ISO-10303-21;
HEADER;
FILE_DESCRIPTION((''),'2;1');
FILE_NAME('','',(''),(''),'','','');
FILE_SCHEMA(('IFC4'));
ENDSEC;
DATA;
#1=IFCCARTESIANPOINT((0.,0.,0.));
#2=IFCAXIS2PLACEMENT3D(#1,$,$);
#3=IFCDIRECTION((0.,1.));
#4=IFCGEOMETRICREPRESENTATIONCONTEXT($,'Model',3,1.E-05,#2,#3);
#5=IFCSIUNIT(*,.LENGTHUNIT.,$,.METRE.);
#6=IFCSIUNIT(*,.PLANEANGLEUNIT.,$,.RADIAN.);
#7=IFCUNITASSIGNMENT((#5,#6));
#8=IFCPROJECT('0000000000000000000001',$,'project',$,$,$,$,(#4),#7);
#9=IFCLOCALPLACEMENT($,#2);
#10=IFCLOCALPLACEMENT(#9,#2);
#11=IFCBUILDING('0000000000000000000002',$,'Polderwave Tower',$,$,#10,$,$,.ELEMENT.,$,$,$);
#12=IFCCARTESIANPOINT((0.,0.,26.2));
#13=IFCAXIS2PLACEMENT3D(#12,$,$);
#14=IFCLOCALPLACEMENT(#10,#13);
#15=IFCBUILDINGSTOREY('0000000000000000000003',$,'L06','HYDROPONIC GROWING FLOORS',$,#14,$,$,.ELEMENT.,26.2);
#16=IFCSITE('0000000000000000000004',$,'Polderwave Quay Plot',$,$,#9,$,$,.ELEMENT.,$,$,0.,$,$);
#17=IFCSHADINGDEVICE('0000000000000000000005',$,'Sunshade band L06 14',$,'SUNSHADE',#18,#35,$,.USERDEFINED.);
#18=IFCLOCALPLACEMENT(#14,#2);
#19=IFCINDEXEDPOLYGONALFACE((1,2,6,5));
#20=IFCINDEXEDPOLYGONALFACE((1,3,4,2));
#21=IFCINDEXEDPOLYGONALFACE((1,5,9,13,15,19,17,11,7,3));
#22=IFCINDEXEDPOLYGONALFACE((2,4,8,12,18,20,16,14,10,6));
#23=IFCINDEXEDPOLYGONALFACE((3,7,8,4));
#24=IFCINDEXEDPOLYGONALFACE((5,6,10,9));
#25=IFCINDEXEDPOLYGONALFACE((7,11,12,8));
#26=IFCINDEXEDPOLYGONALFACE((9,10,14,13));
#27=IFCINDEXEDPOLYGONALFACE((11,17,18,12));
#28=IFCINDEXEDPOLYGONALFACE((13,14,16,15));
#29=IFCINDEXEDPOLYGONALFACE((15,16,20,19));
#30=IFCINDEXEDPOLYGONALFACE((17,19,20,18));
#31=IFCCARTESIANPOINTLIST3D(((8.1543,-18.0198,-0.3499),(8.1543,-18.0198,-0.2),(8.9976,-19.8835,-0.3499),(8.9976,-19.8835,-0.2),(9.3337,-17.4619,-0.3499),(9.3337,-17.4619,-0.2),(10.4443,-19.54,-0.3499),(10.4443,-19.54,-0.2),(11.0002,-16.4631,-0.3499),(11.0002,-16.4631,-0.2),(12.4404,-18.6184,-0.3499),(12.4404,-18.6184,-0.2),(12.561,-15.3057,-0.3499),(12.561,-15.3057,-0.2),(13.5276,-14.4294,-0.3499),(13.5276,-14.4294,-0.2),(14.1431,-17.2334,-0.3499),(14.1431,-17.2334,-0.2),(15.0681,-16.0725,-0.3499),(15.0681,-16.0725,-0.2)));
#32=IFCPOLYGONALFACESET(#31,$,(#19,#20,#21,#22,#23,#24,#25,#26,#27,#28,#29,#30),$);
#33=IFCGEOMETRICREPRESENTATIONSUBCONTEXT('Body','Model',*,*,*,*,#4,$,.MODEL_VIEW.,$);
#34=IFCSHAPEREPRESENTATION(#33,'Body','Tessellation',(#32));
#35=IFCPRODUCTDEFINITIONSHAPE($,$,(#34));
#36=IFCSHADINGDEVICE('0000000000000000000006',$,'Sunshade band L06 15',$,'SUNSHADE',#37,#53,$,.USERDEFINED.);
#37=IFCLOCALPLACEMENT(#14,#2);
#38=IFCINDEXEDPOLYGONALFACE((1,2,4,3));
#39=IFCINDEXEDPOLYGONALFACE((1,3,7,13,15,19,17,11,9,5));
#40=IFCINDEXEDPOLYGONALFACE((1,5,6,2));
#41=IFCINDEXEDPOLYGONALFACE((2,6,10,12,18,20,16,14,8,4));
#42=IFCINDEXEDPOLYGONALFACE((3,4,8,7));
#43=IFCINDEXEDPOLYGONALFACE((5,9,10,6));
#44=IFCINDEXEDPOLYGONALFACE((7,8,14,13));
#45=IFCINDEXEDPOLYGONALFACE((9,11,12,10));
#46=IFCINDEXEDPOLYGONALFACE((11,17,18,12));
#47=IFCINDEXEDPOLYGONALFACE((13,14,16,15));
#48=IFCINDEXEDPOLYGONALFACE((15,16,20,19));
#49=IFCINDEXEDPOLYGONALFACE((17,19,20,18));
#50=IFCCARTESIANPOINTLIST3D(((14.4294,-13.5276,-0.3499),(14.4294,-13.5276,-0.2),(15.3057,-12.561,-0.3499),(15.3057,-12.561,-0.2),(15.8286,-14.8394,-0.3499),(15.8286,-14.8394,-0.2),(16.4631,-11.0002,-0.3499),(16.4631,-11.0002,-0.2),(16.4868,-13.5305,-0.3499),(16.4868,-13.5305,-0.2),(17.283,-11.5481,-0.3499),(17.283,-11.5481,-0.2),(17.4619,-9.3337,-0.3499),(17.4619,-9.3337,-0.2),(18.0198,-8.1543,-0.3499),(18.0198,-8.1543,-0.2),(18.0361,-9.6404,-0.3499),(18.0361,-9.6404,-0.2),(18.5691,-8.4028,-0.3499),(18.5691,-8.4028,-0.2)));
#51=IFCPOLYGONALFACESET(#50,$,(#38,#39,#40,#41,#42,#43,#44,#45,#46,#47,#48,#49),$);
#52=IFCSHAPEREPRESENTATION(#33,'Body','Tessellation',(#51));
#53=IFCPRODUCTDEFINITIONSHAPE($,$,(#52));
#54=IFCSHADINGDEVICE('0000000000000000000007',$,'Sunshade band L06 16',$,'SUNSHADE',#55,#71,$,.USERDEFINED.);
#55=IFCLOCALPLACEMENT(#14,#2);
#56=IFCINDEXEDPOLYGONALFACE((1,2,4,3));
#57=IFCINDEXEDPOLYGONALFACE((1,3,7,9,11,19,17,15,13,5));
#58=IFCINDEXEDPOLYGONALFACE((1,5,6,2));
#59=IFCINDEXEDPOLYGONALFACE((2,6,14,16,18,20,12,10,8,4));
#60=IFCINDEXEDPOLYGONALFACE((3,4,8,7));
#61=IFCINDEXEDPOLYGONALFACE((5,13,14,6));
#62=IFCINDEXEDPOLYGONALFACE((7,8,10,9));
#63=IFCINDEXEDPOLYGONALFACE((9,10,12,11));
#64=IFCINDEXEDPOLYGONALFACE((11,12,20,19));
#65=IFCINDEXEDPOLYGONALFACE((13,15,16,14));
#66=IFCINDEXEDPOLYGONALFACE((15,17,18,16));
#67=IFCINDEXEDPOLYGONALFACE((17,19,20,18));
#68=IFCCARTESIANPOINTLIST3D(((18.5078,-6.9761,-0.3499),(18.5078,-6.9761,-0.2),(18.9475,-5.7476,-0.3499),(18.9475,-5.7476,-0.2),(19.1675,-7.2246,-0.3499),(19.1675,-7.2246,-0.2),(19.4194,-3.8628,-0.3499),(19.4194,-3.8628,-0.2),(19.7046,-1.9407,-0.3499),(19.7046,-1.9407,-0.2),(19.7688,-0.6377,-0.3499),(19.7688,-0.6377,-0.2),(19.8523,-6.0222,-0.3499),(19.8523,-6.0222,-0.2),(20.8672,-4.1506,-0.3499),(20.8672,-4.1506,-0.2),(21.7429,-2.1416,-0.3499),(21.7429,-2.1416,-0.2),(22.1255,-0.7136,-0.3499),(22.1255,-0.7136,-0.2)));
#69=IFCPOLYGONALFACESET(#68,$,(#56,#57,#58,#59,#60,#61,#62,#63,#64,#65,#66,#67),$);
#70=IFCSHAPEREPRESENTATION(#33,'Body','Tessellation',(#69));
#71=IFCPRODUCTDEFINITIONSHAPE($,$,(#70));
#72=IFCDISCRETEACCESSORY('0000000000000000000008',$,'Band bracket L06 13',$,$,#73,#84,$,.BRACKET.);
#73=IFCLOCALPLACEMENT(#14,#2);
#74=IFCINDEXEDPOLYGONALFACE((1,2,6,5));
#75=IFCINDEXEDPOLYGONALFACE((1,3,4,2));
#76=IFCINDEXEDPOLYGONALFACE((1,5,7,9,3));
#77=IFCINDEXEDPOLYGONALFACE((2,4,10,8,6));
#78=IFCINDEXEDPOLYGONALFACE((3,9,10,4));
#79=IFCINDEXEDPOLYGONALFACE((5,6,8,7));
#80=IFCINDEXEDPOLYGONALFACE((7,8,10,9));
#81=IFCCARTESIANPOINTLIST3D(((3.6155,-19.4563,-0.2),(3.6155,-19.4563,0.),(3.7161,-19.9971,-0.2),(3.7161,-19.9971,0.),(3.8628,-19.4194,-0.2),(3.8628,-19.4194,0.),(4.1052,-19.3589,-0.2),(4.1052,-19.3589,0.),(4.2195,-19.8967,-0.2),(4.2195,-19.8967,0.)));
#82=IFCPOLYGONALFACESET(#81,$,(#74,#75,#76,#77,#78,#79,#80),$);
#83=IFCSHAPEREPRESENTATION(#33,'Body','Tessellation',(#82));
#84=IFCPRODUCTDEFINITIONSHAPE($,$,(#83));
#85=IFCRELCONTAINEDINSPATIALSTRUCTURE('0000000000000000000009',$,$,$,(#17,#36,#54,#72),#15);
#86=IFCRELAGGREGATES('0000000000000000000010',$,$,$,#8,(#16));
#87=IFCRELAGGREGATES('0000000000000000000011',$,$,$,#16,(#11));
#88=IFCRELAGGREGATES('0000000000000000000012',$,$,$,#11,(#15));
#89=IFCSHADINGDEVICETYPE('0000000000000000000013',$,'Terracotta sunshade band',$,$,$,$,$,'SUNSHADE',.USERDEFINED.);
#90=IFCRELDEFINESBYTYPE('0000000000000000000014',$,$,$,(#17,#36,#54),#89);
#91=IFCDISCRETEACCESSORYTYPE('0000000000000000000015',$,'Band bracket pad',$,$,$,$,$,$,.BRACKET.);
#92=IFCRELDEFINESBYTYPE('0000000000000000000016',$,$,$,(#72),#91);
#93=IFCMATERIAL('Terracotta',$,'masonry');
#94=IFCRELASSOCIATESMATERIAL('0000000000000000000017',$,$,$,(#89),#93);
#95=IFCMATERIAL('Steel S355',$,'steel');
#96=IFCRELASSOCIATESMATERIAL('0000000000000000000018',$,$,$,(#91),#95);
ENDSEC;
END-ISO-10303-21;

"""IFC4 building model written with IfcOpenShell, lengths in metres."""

from ifc_helpers import new_model, si_unit, direction, frame, origin, place, context, subcontext, project, spatial, polyline, outline, extrude, material, type_object, element, save


model = new_model("IFC4")

# Units and contexts
model_context = context("Model", 3, precision=1e-05, world=origin(), true_north=direction((0.0, 1.0)))
body_context = subcontext(model_context, "Body", "Model", "MODEL_VIEW")
ifc_project = project(units=[si_unit("LENGTHUNIT", "METRE"), si_unit("PLANEANGLEUNIT", "RADIAN")], contexts=[model_context])

# Site, building, storey
site_placement = place(None, origin())
site = spatial("IfcSite", under=ifc_project, at=site_placement, Name="Polderwave Quay Plot", CompositionType="ELEMENT", RefElevation=0.0)
building_placement = place(site_placement, origin())
building = spatial("IfcBuilding", under=site, at=building_placement, Name="Polderwave Tower", CompositionType="ELEMENT")
storey_placement = place(building_placement, frame((0.0, 0.0, 26.2)))
storey = spatial("IfcBuildingStorey", under=building, at=storey_placement, Name="L06", Description="HYDROPONIC GROWING FLOORS", CompositionType="ELEMENT", Elevation=26.2)

# Shading devices
ifc_material_1 = material(Name="Terracotta", Category="masonry")
shading_device_type = type_object("IfcShadingDeviceType", Name="Terracotta sunshade band", ElementType="SUNSHADE", PredefinedType="USERDEFINED", material=ifc_material_1)
shading_device_1_placement = place(storey_placement, frame((0.0, 0.0, -0.3499)))
element("IfcShadingDevice", 1, at=shading_device_1_placement, inside=storey, type_object=shading_device_type, Name="Sunshade band L06 14", ObjectType="SUNSHADE", PredefinedType="USERDEFINED", context=body_context, shape_type="SweptSolid", body=[
    extrude(outline(polyline([(8.1543, -18.0198), (9.3337, -17.4619), (11.0002, -16.4631), (12.561, -15.3057), (13.5276, -14.4294), (15.0681, -16.0725), (14.1431, -17.2334), (12.4404, -18.6184), (10.4443, -19.54), (8.9976, -19.8835), (8.1543, -18.0198)])), origin(), (0.0, 0.0, 1.0), 0.1499),
])
shading_device_2_placement = place(storey_placement, frame((0.0, 0.0, -0.3499)))
element("IfcShadingDevice", 2, at=shading_device_2_placement, inside=storey, type_object=shading_device_type, Name="Sunshade band L06 15", ObjectType="SUNSHADE", PredefinedType="USERDEFINED", context=body_context, shape_type="SweptSolid", body=[
    extrude(outline(polyline([(14.4294, -13.5276), (15.3057, -12.561), (16.4631, -11.0002), (17.4619, -9.3337), (18.0198, -8.1543), (18.5691, -8.4028), (18.0361, -9.6404), (17.283, -11.5481), (16.4868, -13.5305), (15.8286, -14.8394), (14.4294, -13.5276)])), origin(), (0.0, 0.0, 1.0), 0.1499),
])
shading_device_3_placement = place(storey_placement, frame((0.0, 0.0, -0.3499)))
element("IfcShadingDevice", 3, at=shading_device_3_placement, inside=storey, type_object=shading_device_type, Name="Sunshade band L06 16", ObjectType="SUNSHADE", PredefinedType="USERDEFINED", context=body_context, shape_type="SweptSolid", body=[
    extrude(outline(polyline([(18.5078, -6.9761), (18.9475, -5.7476), (19.4194, -3.8628), (19.7046, -1.9407), (19.7688, -0.6377), (22.1255, -0.7136), (21.7429, -2.1416), (20.8672, -4.1506), (19.8523, -6.0222), (19.1675, -7.2246), (18.5078, -6.9761)])), origin(), (0.0, 0.0, 1.0), 0.1499),
])

# Discrete accessory
ifc_material_2 = material(Name="Steel S355", Category="steel")
discrete_accessory_type = type_object("IfcDiscreteAccessoryType", Name="Band bracket pad", PredefinedType="BRACKET", material=ifc_material_2)
discrete_accessory_placement = place(storey_placement, frame((0.0, 0.0, -0.2)))
element("IfcDiscreteAccessory", 4, at=discrete_accessory_placement, inside=storey, type_object=discrete_accessory_type, Name="Band bracket L06 13", PredefinedType="BRACKET", context=body_context, shape_type="SweptSolid", body=[
    extrude(outline(polyline([(3.6155, -19.4563), (3.8628, -19.4194), (4.1052, -19.3589), (4.2195, -19.8967), (3.7161, -19.9971), (3.6155, -19.4563)])), origin(), (0.0, 0.0, 1.0), 0.2),
])

save(model, "model.ifc")
